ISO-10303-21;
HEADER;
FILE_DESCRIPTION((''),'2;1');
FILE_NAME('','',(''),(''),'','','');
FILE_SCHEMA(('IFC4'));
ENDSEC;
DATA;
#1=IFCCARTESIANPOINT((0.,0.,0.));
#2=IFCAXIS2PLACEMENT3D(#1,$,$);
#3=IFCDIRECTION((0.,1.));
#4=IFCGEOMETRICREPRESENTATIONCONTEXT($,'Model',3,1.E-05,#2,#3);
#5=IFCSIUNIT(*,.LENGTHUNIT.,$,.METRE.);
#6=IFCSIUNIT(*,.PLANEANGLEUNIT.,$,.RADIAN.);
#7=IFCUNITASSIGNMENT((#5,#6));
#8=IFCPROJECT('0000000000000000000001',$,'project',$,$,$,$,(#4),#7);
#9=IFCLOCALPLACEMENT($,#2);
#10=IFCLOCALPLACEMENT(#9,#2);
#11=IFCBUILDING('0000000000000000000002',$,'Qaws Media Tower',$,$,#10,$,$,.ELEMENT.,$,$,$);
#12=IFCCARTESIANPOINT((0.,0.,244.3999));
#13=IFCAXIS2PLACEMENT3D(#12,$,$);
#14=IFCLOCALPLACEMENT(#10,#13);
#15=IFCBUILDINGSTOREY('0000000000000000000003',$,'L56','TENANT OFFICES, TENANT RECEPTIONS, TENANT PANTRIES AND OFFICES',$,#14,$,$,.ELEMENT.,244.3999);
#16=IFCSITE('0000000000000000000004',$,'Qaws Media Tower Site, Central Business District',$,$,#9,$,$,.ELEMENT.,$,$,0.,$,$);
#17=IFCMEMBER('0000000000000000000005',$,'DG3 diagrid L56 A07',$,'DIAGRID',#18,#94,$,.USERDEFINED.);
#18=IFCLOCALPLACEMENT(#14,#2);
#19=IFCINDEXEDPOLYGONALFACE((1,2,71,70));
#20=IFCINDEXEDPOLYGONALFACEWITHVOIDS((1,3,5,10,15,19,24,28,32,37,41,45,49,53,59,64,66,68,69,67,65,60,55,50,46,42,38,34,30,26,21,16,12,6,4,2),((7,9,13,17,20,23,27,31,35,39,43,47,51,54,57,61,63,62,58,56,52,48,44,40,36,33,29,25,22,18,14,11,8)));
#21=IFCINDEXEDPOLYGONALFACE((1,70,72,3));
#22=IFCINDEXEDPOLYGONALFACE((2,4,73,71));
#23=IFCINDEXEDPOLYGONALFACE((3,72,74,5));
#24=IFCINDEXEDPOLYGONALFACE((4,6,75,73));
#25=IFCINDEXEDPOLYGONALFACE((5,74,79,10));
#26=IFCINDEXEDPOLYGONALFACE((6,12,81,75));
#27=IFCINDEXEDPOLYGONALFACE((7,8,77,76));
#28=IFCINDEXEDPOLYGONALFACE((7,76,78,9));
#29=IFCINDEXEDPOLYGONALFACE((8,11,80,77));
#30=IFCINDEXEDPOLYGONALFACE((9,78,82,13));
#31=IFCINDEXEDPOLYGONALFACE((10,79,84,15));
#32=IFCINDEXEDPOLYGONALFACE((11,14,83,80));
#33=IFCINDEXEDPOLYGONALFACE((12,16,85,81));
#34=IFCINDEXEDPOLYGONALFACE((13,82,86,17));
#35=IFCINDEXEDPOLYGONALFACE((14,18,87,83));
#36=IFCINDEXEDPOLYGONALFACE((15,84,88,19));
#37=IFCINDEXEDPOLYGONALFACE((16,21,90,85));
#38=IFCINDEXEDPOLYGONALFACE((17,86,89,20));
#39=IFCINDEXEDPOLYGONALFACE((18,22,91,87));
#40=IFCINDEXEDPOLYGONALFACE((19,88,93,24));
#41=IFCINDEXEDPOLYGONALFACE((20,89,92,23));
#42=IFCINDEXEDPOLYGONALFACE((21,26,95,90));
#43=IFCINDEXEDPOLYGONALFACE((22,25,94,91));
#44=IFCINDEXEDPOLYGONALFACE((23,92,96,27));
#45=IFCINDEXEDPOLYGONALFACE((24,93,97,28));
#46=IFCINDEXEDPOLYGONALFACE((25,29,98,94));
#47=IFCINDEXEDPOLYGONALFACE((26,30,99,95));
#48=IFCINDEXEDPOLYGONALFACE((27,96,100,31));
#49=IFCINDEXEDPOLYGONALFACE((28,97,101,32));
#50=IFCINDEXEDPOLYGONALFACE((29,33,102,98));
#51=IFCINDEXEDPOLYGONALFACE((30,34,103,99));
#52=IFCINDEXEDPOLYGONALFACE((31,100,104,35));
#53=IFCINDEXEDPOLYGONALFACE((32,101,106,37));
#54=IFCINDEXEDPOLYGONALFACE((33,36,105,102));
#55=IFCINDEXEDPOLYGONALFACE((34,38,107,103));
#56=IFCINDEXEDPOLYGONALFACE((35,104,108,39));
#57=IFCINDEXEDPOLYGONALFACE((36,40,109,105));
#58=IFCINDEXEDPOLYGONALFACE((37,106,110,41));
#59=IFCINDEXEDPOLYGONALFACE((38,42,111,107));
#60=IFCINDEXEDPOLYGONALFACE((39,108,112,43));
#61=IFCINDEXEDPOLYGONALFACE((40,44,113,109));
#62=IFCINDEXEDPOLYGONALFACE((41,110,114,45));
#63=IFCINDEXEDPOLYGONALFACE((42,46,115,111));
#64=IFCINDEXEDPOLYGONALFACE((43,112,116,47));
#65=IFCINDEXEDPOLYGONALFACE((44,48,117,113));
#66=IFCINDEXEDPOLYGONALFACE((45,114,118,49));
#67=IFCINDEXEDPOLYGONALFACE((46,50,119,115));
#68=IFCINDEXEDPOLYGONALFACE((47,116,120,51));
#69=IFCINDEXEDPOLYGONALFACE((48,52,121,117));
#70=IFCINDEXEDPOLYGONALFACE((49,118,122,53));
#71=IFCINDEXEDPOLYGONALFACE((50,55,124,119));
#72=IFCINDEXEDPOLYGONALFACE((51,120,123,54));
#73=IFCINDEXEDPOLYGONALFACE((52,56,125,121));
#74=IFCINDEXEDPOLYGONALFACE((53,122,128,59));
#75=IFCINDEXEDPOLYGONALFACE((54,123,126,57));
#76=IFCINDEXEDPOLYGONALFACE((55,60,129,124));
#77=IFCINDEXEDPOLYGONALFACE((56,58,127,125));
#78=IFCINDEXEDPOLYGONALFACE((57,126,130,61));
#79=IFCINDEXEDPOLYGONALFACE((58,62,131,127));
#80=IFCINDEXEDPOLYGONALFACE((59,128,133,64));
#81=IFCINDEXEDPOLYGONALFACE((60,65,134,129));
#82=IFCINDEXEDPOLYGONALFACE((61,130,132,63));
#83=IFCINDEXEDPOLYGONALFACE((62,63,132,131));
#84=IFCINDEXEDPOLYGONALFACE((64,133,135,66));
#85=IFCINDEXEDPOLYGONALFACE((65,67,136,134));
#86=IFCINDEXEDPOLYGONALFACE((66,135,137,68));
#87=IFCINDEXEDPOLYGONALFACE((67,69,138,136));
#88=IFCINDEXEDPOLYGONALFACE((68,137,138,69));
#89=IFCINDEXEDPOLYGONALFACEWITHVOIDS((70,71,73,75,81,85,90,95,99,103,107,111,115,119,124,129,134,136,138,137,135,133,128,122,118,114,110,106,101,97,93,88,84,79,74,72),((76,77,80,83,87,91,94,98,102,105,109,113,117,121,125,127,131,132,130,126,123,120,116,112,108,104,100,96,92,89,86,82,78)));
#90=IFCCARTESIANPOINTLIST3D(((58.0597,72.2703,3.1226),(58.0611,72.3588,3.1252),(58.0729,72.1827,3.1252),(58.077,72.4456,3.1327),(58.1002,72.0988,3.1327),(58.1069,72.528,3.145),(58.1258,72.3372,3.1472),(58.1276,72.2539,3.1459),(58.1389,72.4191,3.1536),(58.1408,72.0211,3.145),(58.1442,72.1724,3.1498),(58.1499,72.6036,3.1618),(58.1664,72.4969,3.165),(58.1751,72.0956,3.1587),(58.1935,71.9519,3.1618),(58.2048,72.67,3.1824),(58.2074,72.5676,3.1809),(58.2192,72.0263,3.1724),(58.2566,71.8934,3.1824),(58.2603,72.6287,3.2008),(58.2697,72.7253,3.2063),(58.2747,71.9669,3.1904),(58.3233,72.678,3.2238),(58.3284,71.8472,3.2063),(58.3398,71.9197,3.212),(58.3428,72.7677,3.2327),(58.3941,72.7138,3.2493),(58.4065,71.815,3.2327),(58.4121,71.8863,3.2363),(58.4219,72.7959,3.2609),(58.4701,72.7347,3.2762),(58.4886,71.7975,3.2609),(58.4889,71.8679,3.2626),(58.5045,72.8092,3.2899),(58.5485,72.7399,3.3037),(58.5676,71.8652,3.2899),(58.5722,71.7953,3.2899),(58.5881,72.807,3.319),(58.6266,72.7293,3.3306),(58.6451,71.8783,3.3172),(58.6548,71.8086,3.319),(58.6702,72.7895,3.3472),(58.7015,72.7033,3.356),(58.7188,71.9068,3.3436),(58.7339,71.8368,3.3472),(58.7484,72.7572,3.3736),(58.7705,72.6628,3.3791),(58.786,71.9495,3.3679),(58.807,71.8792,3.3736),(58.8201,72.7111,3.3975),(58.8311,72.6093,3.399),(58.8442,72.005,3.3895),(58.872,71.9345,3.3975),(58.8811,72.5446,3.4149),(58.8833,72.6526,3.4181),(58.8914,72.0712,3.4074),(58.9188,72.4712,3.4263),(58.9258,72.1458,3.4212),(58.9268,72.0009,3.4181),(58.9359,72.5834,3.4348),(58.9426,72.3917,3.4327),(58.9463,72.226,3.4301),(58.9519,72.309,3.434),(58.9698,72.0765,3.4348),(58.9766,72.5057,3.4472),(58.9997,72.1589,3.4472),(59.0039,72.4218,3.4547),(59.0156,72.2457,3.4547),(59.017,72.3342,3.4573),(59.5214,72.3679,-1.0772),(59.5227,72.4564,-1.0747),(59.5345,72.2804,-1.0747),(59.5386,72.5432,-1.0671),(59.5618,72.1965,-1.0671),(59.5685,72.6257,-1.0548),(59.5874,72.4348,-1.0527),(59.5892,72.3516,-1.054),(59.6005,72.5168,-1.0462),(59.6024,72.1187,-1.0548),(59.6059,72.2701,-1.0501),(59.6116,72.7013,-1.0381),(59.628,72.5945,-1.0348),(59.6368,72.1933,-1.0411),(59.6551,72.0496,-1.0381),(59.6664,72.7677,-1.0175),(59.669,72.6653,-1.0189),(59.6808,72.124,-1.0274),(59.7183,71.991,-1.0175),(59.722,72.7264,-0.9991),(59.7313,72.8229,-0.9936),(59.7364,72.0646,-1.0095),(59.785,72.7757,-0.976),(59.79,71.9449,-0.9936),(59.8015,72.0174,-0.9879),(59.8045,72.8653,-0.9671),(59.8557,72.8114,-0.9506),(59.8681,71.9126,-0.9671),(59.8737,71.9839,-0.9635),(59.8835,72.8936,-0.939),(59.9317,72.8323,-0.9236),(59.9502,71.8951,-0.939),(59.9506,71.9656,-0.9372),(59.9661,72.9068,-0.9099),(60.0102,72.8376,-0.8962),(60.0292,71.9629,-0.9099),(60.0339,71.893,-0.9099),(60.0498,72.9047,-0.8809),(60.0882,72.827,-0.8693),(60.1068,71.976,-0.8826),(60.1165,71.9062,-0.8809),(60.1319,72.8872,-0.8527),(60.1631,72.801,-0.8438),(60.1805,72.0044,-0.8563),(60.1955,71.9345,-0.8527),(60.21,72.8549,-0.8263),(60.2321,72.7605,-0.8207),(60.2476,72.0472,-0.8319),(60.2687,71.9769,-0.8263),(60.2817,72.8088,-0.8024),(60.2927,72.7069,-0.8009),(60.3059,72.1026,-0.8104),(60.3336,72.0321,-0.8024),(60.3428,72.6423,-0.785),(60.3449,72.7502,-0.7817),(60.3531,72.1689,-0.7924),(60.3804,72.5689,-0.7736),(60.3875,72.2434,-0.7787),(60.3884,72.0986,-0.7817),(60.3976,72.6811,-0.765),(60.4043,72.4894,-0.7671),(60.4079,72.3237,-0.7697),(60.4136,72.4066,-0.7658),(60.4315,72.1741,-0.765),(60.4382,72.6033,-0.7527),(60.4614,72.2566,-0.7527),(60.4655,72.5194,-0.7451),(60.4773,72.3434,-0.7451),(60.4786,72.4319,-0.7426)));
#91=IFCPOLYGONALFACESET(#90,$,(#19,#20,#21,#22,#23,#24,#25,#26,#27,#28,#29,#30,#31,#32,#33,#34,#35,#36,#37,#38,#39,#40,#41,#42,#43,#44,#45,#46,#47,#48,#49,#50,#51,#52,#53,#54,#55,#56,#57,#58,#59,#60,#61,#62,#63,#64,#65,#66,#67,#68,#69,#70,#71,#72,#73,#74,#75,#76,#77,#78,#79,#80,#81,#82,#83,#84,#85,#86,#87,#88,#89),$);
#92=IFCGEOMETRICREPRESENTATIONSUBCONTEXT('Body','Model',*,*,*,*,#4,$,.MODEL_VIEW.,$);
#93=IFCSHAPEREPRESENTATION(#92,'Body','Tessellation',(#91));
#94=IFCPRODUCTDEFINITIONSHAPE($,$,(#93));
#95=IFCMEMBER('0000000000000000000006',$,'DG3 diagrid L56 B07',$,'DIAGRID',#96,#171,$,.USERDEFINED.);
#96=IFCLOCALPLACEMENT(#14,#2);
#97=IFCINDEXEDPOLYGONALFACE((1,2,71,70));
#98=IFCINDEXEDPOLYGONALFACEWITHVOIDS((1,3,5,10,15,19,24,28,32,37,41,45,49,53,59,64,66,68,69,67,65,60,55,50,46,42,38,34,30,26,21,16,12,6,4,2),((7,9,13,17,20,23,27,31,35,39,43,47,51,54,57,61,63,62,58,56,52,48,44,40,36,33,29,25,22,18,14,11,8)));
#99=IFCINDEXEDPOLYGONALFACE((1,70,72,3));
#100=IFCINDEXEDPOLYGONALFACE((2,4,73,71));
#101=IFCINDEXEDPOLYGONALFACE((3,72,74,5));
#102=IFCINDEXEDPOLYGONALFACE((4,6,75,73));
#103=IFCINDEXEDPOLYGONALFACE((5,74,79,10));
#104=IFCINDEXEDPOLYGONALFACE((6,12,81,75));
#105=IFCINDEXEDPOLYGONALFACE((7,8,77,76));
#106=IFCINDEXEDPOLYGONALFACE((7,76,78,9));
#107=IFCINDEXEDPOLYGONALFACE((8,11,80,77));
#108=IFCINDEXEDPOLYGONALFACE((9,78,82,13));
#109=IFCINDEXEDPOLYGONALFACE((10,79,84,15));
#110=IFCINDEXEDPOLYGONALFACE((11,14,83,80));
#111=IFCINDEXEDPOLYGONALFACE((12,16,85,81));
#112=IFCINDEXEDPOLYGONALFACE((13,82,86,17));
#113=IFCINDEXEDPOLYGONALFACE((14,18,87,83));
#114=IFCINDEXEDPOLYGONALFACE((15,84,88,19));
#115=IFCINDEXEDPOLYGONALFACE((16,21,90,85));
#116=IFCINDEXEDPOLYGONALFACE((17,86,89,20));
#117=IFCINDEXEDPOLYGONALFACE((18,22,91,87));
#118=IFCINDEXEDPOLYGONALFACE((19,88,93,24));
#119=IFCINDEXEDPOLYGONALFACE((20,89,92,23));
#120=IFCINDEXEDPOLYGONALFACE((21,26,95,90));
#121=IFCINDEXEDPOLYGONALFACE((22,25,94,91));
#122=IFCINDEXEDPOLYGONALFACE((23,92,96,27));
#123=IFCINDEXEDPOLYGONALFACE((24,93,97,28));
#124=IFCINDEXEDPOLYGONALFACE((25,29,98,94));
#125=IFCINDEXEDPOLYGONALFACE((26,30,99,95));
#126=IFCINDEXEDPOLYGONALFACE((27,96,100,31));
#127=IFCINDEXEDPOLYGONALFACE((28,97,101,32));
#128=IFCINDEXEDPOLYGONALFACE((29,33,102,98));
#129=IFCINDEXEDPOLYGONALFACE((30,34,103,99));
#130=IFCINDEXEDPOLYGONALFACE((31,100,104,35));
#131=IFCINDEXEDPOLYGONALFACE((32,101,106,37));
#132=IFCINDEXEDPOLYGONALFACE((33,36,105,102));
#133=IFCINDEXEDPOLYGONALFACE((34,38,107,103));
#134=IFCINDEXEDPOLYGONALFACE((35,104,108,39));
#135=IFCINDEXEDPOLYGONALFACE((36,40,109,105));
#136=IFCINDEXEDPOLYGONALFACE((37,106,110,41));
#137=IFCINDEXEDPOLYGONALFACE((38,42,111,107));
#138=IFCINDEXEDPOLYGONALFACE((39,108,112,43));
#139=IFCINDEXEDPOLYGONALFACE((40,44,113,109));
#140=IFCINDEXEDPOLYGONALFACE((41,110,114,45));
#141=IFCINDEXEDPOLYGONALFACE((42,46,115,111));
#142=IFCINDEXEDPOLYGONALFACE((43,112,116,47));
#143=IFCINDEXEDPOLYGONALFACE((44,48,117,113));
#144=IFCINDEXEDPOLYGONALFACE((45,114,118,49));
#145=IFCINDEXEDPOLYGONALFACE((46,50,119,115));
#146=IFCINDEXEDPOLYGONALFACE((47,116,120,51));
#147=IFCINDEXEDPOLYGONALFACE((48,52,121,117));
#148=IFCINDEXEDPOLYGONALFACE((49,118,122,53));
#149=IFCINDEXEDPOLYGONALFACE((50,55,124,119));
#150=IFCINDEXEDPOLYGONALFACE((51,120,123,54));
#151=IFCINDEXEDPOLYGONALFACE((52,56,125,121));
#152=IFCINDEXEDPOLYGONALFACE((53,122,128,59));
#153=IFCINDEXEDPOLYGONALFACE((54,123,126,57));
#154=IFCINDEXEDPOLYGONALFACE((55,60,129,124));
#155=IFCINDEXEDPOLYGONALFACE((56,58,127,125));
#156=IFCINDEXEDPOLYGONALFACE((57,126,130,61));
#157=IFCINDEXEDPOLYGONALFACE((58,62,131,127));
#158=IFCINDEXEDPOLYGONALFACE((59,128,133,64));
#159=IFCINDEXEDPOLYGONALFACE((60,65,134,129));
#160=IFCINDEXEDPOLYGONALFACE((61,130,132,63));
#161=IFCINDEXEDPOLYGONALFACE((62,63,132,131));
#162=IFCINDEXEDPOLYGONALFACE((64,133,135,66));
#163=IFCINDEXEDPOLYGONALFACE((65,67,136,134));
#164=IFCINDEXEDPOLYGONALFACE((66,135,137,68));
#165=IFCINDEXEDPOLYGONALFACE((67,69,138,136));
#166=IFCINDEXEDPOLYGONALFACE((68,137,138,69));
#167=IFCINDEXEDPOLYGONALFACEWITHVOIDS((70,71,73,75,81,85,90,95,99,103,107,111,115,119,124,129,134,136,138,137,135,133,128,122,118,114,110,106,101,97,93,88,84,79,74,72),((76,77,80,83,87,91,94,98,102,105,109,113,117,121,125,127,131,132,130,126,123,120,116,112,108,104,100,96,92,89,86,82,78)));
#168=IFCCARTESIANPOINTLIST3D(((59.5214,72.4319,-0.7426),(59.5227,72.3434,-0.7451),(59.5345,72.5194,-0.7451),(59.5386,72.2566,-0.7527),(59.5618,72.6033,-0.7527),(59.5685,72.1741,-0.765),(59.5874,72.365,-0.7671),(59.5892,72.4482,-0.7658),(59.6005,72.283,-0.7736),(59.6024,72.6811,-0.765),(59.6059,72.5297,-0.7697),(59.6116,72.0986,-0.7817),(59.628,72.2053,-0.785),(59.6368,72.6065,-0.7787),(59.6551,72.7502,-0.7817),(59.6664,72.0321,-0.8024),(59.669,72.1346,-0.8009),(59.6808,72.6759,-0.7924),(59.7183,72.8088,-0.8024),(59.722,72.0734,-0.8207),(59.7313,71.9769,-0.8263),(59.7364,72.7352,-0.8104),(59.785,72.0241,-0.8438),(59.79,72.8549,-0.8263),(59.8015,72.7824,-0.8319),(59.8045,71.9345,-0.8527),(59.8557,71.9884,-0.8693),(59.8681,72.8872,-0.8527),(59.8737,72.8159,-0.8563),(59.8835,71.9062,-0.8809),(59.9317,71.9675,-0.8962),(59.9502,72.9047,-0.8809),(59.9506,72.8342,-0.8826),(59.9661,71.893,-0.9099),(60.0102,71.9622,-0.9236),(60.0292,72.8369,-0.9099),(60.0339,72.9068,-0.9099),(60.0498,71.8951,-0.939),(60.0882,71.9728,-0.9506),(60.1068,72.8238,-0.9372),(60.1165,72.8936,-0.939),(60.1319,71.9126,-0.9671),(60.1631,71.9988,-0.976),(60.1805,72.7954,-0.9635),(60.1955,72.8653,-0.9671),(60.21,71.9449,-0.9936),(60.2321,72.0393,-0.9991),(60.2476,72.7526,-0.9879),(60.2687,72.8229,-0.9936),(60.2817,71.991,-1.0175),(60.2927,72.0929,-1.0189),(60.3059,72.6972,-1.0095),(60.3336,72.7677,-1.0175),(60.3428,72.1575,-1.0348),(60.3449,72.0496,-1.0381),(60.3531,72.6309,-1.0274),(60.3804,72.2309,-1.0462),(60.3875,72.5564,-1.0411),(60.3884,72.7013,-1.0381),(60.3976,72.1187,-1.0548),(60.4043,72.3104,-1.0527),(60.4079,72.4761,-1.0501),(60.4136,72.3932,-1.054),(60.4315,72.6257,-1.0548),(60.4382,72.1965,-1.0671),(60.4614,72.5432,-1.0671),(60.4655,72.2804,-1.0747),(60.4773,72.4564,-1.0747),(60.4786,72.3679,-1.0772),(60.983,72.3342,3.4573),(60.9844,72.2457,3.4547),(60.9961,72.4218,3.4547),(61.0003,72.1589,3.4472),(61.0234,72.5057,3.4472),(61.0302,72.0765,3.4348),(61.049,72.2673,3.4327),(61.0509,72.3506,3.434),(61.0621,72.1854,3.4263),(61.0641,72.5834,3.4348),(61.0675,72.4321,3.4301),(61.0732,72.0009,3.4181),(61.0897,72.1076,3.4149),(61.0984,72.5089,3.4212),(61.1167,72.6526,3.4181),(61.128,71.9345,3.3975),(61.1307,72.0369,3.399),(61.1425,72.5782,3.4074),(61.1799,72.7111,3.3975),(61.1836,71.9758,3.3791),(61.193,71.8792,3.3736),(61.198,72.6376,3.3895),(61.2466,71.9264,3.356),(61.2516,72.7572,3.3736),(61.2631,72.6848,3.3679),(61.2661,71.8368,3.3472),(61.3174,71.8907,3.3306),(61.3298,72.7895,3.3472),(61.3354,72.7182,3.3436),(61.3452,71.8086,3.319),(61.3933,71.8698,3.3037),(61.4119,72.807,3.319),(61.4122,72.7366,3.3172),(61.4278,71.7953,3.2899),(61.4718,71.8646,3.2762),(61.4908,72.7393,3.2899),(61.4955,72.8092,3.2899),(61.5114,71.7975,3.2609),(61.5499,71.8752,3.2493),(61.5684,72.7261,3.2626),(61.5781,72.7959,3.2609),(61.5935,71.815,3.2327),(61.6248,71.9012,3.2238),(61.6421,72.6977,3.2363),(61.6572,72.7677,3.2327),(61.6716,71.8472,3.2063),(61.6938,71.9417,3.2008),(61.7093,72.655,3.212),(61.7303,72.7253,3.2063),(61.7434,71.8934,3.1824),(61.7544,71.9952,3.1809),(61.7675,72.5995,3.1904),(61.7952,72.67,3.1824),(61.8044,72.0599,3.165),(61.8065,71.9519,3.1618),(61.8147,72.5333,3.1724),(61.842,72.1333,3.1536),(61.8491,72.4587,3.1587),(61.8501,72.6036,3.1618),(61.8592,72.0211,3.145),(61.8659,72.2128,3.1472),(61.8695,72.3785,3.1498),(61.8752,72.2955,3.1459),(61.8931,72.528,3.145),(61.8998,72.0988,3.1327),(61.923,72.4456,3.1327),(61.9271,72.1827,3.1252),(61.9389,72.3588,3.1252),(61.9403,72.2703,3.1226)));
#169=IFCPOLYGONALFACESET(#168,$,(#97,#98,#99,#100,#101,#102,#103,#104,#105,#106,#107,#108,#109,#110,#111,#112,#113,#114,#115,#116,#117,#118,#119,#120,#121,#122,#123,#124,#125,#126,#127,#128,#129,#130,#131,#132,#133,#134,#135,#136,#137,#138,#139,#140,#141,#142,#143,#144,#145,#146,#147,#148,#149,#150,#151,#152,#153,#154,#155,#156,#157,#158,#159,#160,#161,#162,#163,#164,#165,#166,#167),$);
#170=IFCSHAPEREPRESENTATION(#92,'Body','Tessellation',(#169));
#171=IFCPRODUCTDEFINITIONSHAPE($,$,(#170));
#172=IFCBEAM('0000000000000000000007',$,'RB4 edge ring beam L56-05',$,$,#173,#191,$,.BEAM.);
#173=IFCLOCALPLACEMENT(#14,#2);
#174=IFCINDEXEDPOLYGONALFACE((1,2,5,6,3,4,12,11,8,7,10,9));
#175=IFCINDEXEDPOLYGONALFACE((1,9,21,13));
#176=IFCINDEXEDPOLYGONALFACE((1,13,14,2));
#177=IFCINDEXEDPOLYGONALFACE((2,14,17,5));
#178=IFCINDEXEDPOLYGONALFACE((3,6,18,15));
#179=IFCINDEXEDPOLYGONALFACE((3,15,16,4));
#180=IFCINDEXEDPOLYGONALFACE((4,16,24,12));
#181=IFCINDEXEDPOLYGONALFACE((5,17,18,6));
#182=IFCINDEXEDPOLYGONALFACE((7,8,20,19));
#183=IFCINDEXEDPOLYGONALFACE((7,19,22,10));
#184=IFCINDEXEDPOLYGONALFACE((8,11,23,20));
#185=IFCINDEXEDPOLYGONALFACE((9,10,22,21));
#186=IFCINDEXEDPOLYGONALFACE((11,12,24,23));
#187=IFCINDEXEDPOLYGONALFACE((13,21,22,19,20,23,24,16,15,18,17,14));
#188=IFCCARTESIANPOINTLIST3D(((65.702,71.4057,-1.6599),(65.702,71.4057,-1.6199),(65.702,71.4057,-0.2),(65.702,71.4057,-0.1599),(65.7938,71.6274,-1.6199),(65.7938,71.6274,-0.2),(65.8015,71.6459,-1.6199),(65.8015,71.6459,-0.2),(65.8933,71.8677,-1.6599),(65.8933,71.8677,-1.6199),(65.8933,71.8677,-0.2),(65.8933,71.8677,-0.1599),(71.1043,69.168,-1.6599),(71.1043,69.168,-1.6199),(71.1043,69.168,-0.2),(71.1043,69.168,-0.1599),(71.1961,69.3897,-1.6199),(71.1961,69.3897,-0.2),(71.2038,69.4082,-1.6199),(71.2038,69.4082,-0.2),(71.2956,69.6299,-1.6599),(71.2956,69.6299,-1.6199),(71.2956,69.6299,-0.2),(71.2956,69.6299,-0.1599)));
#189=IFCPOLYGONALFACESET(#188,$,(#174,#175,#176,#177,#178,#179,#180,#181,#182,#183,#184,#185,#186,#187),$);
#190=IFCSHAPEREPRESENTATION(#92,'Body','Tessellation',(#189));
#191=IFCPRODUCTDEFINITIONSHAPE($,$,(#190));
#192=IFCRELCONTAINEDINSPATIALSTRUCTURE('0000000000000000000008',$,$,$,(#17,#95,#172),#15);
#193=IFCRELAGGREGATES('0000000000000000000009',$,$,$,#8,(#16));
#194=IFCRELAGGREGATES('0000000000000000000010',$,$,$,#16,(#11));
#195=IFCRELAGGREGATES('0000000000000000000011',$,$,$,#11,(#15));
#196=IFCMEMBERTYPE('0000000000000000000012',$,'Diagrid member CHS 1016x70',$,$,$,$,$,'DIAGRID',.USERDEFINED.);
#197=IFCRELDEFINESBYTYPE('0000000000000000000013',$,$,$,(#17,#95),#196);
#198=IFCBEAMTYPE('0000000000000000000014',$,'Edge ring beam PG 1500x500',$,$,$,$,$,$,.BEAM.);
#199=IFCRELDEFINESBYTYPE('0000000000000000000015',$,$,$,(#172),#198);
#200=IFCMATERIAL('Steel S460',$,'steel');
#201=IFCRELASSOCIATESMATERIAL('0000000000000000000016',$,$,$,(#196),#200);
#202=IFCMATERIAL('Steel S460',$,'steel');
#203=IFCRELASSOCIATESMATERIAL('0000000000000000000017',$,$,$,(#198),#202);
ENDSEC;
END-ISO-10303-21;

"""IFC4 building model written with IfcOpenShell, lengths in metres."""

from ifc_helpers import new_model, si_unit, direction, frame, origin, origin_2d, place, context, subcontext, project, spatial, hollow_circle, i_section, extrude, material, material_profile, profile_set, type_object, element, save


model = new_model("IFC4")

# Units and contexts
model_context = context("Model", 3, precision=1e-05, world=origin(), true_north=direction((0.0, 1.0)))
body_context = subcontext(model_context, "Body", "Model", "MODEL_VIEW")
ifc_project = project(units=[si_unit("LENGTHUNIT", "METRE"), si_unit("PLANEANGLEUNIT", "RADIAN")], contexts=[model_context])

# Site, building, storey
site_placement = place(None, origin())
site = spatial("IfcSite", under=ifc_project, at=site_placement, Name="Qaws Media Tower Site, Central Business District", CompositionType="ELEMENT", RefElevation=0.0)
building_placement = place(site_placement, origin())
building = spatial("IfcBuilding", under=site, at=building_placement, Name="Qaws Media Tower", CompositionType="ELEMENT")
storey_placement = place(building_placement, frame((0.0, 0.0, 244.3999)))
storey = spatial("IfcBuildingStorey", under=building, at=storey_placement, Name="L56", Description="TENANT OFFICES, TENANT RECEPTIONS, TENANT PANTRIES AND OFFICES", CompositionType="ELEMENT", Elevation=244.3999)

# Members
ifc_material_1 = material(Name="Steel S460", Category="steel")
ifc_material_profile_1 = material_profile(ifc_material_1, hollow_circle(Radius=0.5081, WallThickness=0.0701, at=origin_2d()), Name="CHS 1016x70")
ifc_profile_set_1 = profile_set([ifc_material_profile_1], Name="Steel S460")
member_type_1 = type_object("IfcMemberType", Name="Diagrid member CHS 1016x70", ElementType="DIAGRID", PredefinedType="USERDEFINED", material=ifc_profile_set_1)
for number, where, z_axis, x_axis, name in (
    (1, (60.0, 72.3999, -0.9099), (-0.328605, -0.021955, 0.944212), (0.066663, -0.997776, 0.0), "DG3 diagrid L56 A07"),
    (2, (60.0, 72.3999, -0.9099), (0.328605, -0.021955, 0.944212), (0.066663, 0.997776, 0.0), "DG3 diagrid L56 B07"),
):
    element("IfcMember", number, at=place(storey_placement, frame(where, z_axis=z_axis, x_axis=x_axis)), inside=storey, type_object=member_type_1, Name=name, ObjectType="DIAGRID", PredefinedType="USERDEFINED", context=body_context, shape_type="SweptSolid", body=[
        extrude(hollow_circle(Radius=0.5081, WallThickness=0.0701, at=origin_2d()), origin(), (0.0, 0.0, 1.0), 4.448),
    ])

# Beam
ifc_material_2 = material(Name="Steel S460", Category="steel")
ifc_material_profile_2 = material_profile(ifc_material_2, i_section(OverallWidth=0.5, OverallDepth=1.5, WebThickness=0.02, FlangeThickness=0.04, at=origin_2d()), Name="PG 1500x500")
ifc_profile_set_2 = profile_set([ifc_material_profile_2], Name="Steel S460")
beam_type = type_object("IfcBeamType", Name="Edge ring beam PG 1500x500", PredefinedType="BEAM", material=ifc_profile_set_2)
beam_placement = place(storey_placement, frame((71.2, 69.3989, -0.9099), z_axis=(-0.923875, 0.382693, 0.0), x_axis=(-0.382693, -0.923875, 0.0)))
element("IfcBeam", 3, at=beam_placement, inside=storey, type_object=beam_type, Name="RB4 edge ring beam L56-05", PredefinedType="BEAM", context=body_context, shape_type="SweptSolid", body=[
    extrude(i_section(OverallWidth=0.5, OverallDepth=1.5, WebThickness=0.02, FlangeThickness=0.04, at=origin_2d()), origin(), (0.0, 0.0, 1.0), 5.8474),
])

save(model, "model.ifc")
